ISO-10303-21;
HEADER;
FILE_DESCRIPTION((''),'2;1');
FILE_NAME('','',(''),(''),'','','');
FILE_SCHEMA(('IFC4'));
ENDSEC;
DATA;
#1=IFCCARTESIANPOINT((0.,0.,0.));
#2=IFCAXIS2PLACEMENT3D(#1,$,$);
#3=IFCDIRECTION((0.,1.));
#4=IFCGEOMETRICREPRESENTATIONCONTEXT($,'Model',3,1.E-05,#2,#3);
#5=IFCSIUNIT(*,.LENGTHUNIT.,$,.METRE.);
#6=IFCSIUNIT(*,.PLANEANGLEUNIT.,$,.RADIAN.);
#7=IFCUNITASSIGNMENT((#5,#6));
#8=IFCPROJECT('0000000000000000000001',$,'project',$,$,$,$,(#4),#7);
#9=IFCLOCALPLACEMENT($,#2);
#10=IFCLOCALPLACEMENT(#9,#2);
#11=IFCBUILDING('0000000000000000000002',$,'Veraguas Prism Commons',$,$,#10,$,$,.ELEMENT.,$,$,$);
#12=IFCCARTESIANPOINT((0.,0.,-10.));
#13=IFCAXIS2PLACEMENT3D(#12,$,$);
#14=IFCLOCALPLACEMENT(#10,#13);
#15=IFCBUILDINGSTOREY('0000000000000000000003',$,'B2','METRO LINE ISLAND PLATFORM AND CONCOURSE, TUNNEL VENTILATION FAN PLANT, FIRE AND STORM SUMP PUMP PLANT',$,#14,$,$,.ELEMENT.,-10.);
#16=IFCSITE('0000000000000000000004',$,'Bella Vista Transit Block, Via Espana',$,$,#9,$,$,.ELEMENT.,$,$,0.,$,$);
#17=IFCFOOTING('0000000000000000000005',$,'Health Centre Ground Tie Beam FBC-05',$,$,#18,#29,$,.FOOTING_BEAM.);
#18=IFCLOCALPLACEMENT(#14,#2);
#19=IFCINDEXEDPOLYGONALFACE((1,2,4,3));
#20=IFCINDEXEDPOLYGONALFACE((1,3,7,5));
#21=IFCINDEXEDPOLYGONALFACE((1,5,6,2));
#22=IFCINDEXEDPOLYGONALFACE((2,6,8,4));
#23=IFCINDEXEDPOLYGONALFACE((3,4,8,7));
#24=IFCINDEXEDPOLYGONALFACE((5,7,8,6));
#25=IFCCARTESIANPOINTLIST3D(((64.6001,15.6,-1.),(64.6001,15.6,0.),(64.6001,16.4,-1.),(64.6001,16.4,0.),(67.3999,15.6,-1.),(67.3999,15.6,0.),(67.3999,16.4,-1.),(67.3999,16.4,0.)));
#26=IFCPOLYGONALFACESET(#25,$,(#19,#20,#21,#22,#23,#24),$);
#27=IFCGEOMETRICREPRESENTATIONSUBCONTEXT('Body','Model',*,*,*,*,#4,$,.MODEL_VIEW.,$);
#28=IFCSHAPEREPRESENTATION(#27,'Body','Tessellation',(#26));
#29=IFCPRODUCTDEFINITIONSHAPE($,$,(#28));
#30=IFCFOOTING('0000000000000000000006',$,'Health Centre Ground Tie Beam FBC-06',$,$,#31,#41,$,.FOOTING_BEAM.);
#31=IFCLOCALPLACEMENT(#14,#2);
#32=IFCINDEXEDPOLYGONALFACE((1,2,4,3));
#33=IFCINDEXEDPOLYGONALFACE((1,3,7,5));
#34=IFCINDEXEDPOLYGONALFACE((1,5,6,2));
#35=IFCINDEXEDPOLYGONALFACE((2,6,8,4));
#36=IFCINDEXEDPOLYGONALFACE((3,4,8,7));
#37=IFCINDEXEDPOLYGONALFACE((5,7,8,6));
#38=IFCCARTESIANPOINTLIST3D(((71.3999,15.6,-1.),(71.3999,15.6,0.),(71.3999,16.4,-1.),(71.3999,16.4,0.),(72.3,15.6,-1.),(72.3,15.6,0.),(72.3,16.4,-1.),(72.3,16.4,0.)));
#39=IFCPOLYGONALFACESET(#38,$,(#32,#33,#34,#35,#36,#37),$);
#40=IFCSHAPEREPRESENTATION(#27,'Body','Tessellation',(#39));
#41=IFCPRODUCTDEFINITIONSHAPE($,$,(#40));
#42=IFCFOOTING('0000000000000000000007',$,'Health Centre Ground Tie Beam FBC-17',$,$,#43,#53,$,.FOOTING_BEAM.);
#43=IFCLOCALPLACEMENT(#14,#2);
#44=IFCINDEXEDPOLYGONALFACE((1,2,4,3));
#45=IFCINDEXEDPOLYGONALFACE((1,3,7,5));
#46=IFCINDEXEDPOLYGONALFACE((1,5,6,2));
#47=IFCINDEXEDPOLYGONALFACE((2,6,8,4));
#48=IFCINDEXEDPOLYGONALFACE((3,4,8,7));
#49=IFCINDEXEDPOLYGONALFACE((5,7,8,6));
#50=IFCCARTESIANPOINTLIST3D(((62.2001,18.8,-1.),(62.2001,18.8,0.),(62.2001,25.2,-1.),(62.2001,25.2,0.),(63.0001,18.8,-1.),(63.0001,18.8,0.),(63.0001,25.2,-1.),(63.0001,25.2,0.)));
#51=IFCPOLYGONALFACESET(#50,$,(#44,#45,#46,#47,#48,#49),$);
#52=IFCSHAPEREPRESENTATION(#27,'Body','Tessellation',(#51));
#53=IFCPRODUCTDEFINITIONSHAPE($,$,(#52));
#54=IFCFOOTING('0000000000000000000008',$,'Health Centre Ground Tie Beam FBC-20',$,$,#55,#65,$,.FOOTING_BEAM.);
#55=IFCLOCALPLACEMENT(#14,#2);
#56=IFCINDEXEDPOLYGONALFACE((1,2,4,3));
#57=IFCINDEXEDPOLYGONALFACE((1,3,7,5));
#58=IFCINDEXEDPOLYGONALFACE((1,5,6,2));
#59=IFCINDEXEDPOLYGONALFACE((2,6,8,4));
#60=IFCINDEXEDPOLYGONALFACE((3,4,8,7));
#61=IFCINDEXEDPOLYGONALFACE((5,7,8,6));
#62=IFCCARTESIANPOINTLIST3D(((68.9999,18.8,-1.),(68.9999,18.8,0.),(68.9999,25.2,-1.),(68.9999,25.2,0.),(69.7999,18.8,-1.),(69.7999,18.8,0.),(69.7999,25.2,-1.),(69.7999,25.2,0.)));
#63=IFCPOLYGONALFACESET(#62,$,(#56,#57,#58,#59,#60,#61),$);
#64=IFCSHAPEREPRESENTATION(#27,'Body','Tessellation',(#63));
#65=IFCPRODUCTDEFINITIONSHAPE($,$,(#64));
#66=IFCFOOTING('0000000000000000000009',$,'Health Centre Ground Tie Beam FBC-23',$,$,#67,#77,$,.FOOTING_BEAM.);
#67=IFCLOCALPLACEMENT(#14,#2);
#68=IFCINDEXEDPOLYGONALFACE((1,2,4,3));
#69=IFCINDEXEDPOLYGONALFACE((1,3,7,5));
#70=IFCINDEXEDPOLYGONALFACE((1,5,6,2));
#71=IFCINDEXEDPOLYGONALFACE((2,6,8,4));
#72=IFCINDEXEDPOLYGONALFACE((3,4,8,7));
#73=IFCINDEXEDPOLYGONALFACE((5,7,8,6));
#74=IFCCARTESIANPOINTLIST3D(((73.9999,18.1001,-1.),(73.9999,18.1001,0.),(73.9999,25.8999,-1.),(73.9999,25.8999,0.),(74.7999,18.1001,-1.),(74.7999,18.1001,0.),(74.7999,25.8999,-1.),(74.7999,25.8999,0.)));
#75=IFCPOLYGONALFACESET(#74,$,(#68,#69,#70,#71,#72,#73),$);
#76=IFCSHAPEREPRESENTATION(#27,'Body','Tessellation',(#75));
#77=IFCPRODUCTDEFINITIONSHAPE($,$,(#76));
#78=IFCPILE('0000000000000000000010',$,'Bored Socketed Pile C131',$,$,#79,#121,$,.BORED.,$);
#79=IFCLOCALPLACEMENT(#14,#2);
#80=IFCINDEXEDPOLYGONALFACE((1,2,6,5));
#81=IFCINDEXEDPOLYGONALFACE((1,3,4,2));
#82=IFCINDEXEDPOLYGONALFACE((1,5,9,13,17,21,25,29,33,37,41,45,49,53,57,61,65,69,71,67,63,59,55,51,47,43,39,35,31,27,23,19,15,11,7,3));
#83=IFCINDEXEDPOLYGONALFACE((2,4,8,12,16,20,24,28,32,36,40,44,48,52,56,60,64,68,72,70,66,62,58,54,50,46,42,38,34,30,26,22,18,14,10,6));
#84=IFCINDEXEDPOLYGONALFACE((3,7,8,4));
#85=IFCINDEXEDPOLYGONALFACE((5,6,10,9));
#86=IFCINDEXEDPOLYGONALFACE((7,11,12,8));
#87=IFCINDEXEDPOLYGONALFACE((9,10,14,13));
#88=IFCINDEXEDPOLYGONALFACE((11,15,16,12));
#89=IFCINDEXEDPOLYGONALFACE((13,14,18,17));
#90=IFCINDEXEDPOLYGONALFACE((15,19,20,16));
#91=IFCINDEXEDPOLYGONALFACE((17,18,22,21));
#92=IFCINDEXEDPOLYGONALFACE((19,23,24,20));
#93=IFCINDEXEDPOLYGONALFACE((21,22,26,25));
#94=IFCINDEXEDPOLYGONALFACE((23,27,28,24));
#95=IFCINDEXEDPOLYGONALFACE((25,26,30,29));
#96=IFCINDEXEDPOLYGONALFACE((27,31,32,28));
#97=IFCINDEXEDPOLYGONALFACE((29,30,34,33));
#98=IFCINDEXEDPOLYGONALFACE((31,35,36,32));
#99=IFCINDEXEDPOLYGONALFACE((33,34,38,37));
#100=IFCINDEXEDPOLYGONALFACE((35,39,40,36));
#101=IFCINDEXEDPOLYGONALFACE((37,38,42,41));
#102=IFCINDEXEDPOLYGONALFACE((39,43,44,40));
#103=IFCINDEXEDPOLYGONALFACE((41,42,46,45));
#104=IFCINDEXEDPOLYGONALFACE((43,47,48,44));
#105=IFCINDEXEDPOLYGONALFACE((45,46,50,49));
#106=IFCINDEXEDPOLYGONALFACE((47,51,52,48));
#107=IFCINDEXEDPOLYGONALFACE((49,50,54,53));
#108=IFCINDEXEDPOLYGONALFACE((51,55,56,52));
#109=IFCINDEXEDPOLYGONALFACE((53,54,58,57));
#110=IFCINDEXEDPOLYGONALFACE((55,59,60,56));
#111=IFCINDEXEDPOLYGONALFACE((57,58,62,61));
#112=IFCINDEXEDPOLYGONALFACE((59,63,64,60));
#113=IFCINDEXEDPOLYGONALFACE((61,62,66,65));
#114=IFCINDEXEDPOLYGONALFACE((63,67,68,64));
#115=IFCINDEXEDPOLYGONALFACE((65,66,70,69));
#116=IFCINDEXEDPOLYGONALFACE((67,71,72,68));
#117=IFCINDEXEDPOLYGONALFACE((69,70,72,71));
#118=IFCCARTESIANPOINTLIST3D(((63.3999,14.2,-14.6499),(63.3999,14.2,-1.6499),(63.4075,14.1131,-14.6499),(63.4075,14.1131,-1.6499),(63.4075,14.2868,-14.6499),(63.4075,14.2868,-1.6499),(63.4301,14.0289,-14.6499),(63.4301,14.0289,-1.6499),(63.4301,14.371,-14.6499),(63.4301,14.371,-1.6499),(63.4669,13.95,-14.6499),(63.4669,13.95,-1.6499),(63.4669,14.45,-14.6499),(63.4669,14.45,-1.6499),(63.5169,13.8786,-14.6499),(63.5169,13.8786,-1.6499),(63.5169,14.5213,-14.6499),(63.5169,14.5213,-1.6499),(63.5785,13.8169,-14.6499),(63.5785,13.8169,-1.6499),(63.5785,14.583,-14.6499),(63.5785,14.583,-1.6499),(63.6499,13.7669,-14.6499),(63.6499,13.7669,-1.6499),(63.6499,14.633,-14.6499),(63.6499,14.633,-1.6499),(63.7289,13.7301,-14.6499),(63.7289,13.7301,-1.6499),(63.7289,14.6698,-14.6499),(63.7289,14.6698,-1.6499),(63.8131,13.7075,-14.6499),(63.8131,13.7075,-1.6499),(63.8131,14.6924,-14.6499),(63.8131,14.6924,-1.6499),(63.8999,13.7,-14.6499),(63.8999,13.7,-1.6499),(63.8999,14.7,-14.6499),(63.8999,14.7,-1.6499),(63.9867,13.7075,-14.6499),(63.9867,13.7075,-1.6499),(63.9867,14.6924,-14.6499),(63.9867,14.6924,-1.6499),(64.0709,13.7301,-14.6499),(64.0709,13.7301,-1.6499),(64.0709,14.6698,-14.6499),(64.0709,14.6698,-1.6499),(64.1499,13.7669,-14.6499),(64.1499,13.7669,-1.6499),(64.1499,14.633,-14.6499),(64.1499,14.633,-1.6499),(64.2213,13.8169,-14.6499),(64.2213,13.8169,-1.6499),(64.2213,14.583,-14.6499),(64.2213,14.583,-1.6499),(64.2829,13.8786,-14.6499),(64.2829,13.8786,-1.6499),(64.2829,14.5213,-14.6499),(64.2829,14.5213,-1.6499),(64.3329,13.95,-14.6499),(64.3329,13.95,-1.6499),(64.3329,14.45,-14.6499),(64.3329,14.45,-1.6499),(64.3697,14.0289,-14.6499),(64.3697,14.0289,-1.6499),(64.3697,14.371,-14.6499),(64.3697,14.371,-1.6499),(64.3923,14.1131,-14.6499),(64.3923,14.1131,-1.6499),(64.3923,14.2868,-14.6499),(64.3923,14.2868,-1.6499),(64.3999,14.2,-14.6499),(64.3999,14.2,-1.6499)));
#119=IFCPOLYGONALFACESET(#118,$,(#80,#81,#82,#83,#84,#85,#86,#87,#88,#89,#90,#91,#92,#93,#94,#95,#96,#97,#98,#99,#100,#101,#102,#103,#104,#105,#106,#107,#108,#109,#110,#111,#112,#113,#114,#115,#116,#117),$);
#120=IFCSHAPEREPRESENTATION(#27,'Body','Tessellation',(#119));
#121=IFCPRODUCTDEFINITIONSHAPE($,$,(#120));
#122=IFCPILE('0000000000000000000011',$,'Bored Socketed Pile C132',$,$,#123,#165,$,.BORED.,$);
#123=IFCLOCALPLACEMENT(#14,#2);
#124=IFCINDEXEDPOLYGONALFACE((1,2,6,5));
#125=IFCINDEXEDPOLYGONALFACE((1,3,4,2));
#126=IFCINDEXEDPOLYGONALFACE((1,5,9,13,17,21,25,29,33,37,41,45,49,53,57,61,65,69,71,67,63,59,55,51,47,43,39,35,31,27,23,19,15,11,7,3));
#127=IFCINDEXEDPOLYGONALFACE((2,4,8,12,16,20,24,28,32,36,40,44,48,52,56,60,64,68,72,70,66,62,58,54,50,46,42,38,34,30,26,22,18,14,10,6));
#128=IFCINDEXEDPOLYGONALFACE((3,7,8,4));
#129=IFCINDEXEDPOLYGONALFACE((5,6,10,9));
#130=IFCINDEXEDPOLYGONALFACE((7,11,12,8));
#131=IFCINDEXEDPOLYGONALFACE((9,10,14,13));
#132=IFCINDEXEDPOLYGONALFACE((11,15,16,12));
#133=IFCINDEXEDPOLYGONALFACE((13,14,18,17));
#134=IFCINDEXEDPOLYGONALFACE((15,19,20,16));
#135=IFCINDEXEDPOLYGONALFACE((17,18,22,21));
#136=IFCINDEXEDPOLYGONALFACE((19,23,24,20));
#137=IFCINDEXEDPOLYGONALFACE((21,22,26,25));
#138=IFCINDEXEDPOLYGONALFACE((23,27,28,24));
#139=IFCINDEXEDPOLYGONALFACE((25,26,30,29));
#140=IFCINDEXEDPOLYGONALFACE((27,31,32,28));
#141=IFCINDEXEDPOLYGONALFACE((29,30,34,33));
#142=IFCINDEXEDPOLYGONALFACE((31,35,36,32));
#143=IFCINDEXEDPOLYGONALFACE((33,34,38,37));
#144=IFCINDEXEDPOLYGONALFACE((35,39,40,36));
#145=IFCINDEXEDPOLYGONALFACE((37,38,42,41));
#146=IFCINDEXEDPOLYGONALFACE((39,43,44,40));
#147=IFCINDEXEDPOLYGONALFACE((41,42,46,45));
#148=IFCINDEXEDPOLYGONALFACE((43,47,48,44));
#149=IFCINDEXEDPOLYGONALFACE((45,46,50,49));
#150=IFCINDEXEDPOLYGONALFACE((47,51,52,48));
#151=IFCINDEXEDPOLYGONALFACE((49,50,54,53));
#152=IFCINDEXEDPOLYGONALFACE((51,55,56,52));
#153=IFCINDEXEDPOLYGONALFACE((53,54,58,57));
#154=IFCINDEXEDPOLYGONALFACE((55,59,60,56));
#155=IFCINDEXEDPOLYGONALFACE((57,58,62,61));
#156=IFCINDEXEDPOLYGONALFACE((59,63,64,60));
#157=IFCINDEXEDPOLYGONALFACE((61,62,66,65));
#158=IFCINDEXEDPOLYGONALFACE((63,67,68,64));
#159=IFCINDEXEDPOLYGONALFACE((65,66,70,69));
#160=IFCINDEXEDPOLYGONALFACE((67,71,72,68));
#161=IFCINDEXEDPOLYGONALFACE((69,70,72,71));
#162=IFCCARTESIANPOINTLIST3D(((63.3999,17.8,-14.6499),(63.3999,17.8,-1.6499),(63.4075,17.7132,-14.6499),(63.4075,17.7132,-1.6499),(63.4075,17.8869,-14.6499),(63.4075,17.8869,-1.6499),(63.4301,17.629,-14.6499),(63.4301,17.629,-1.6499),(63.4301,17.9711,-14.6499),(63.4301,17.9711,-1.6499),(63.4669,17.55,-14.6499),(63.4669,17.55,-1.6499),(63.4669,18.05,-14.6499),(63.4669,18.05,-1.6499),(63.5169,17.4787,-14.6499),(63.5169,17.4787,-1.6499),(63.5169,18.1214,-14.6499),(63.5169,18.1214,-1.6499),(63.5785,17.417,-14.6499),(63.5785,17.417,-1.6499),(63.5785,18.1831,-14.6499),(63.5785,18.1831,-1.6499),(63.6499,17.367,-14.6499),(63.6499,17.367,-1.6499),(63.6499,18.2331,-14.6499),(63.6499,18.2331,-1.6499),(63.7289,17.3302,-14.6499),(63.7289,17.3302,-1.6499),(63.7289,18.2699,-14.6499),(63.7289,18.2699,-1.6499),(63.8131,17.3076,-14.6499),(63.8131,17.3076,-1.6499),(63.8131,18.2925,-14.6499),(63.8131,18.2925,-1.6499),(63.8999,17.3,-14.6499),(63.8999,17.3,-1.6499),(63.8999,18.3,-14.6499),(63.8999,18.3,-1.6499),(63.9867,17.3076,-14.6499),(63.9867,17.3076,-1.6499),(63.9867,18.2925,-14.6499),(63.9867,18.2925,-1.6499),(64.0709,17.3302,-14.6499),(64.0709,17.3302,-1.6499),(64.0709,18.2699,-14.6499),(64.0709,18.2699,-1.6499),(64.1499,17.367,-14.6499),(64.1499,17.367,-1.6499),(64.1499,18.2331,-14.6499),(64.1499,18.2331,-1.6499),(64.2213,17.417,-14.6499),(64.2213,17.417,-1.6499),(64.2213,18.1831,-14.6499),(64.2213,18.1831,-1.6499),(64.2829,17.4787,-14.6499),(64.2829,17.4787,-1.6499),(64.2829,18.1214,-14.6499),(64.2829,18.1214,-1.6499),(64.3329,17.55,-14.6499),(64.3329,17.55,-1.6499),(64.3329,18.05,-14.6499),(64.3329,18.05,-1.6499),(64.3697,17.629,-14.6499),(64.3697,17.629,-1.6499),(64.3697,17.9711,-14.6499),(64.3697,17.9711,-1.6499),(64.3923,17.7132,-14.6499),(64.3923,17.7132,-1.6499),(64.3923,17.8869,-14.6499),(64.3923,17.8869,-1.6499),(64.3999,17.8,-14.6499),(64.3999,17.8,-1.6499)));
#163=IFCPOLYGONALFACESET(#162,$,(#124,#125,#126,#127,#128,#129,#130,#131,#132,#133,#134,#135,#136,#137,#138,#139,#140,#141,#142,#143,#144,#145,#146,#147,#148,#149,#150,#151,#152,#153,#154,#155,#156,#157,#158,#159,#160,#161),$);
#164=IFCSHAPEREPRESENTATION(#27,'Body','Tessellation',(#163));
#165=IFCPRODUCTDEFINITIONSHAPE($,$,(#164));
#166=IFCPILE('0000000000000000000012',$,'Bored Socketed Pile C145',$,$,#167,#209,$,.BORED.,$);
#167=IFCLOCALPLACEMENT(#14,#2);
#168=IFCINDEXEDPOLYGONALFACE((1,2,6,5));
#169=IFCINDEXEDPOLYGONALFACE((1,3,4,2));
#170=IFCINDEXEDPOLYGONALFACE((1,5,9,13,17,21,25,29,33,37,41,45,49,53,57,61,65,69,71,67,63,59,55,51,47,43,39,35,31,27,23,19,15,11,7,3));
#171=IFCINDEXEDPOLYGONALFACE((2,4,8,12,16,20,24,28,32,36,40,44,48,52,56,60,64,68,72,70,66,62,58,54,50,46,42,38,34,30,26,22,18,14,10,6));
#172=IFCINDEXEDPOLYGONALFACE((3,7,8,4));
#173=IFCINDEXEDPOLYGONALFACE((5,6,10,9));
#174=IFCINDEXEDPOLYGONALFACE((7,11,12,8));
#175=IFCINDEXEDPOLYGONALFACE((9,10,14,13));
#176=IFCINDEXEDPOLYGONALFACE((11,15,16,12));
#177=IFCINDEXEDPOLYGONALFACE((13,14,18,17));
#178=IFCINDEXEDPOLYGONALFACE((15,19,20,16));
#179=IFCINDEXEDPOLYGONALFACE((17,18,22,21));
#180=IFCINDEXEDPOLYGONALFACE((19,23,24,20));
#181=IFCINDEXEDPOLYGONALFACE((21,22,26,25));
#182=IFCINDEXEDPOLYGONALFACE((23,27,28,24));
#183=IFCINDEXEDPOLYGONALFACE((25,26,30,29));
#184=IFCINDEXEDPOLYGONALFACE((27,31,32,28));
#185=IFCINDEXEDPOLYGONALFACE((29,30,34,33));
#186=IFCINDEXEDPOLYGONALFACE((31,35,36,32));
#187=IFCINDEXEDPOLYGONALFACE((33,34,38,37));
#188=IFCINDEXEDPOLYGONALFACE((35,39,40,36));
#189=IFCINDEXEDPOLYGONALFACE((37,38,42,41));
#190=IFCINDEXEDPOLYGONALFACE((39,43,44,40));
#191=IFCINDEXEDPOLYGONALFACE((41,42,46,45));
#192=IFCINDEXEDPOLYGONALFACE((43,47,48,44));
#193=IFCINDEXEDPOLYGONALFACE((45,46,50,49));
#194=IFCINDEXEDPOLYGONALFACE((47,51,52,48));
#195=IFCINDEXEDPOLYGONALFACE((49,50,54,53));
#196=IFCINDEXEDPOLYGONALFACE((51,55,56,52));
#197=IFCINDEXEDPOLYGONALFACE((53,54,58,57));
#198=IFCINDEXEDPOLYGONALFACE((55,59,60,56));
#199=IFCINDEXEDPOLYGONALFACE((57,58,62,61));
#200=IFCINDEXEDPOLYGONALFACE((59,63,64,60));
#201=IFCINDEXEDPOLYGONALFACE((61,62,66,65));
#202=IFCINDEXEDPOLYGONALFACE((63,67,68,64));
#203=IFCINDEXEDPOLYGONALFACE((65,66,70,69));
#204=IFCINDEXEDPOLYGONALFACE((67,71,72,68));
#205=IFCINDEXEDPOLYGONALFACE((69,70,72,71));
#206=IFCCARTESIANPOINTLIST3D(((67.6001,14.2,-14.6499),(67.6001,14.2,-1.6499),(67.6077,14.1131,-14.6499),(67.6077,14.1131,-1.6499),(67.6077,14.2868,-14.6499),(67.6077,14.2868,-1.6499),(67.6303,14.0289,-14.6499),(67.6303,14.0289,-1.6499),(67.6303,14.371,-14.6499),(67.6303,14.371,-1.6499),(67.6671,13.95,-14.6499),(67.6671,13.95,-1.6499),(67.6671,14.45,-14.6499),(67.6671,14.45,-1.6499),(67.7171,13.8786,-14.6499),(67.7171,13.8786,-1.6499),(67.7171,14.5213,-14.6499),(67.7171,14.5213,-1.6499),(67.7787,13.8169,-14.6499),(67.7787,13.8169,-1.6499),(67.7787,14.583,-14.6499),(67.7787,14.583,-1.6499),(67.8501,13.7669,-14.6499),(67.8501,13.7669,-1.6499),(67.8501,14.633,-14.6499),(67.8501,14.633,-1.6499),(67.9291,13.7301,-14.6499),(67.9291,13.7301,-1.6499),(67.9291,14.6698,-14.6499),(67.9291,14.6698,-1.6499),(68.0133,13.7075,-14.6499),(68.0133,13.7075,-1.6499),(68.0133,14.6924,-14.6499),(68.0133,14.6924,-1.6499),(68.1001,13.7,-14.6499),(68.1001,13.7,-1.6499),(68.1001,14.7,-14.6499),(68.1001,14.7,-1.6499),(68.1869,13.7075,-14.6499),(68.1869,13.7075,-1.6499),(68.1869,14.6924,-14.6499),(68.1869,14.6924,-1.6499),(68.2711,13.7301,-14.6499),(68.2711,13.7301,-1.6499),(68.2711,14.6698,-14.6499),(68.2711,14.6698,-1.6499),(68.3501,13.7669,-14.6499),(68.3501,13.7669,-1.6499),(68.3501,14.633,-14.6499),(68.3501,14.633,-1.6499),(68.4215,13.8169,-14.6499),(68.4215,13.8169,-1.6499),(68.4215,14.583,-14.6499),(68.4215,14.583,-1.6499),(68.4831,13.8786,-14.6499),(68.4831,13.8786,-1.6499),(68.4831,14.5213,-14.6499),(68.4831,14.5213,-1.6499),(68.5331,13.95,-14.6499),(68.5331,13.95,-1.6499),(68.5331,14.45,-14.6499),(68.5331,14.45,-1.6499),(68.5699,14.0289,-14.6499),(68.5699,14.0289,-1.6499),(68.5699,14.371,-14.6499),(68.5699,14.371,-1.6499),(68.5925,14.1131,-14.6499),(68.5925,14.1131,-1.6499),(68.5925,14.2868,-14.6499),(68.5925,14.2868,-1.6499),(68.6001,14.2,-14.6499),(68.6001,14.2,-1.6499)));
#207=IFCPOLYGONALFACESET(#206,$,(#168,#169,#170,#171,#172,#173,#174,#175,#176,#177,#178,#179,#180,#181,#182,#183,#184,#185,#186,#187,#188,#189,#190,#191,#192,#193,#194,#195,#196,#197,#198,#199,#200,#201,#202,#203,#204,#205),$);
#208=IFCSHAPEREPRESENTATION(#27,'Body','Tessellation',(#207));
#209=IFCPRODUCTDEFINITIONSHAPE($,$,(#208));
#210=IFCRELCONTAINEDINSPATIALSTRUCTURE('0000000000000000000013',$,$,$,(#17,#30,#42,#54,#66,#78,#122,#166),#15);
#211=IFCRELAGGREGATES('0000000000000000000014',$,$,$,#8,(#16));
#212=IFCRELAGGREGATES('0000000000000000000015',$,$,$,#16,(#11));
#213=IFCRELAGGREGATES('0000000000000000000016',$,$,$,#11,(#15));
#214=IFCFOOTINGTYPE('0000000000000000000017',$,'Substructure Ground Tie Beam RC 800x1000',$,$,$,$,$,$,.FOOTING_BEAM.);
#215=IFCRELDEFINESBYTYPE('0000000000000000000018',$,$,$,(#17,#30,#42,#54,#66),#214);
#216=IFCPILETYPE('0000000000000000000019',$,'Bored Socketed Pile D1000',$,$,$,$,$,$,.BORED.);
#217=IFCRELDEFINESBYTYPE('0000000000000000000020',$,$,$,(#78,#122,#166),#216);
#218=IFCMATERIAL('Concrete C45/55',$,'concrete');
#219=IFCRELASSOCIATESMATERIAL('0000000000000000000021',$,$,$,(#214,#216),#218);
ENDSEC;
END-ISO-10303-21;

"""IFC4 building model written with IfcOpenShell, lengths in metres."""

from ifc_helpers import new_model, si_unit, direction, frame, origin, origin_2d, place, context, subcontext, project, spatial, rectangle, circle, extrude, source, transform, mapped, material, material_profile, profile_set, type_object, element, save


model = new_model("IFC4")

# Units and contexts
model_context = context("Model", 3, precision=1e-05, world=origin(), true_north=direction((0.0, 1.0)))
body_context = subcontext(model_context, "Body", "Model", "MODEL_VIEW")
ifc_project = project(units=[si_unit("LENGTHUNIT", "METRE"), si_unit("PLANEANGLEUNIT", "RADIAN")], contexts=[model_context])

# Site, building, storey
site_placement = place(None, origin())
site = spatial("IfcSite", under=ifc_project, at=site_placement, Name="Bella Vista Transit Block, Via Espana", CompositionType="ELEMENT", RefElevation=0.0)
building_placement = place(site_placement, origin())
building = spatial("IfcBuilding", under=site, at=building_placement, Name="Veraguas Prism Commons", CompositionType="ELEMENT")
storey_placement = place(building_placement, frame((0.0, 0.0, -10.0)))
storey = spatial("IfcBuildingStorey", under=building, at=storey_placement, Name="B2", Description="METRO LINE ISLAND PLATFORM AND CONCOURSE, TUNNEL VENTILATION FAN PLANT, FIRE AND STORM SUMP PUMP PLANT", CompositionType="ELEMENT", Elevation=-10.0)

# Footings
ifc_material_1 = material(Name="Concrete C45/55", Category="concrete")
ifc_material_profile_1 = material_profile(ifc_material_1, rectangle(XDim=0.8, YDim=1.0, at=origin_2d()), Name="RC800X1000")
ifc_profile_set_1 = profile_set([ifc_material_profile_1], Name="Concrete C45/55")
footing_type_1 = type_object("IfcFootingType", Name="Substructure Ground Tie Beam RC 800x1000", PredefinedType="FOOTING_BEAM", material=ifc_profile_set_1)
footing_1_placement = place(storey_placement, frame((64.6001, 16.0, -0.5), z_axis=(1.0, 0.0, 0.0), x_axis=(0.0, 1.0, 0.0)))
element("IfcFooting", 1, at=footing_1_placement, inside=storey, type_object=footing_type_1, Name="Health Centre Ground Tie Beam FBC-05", PredefinedType="FOOTING_BEAM", context=body_context, shape_type="SweptSolid", body=[
    extrude(rectangle(XDim=0.8, YDim=1.0, at=origin_2d()), origin(), (0.0, 0.0, 1.0), 2.7998),
])
footing_2_placement = place(storey_placement, frame((71.3999, 16.0, -0.5), z_axis=(1.0, 0.0, 0.0), x_axis=(0.0, 1.0, 0.0)))
element("IfcFooting", 2, at=footing_2_placement, inside=storey, type_object=footing_type_1, Name="Health Centre Ground Tie Beam FBC-06", PredefinedType="FOOTING_BEAM", context=body_context, shape_type="SweptSolid", body=[
    extrude(rectangle(XDim=0.8, YDim=1.0, at=origin_2d()), origin(), (0.0, 0.0, 1.0), 0.9001),
])
for number, where, z_axis, x_axis, name in (
    (3, (62.6001, 18.8, -0.5), (0.0, 1.0, 0.0), (-1.0, 0.0, 0.0), "Health Centre Ground Tie Beam FBC-17"),
    (4, (69.3999, 18.8, -0.5), (0.0, 1.0, 0.0), (-1.0, 0.0, 0.0), "Health Centre Ground Tie Beam FBC-20"),
):
    element("IfcFooting", number, at=place(storey_placement, frame(where, z_axis=z_axis, x_axis=x_axis)), inside=storey, type_object=footing_type_1, Name=name, PredefinedType="FOOTING_BEAM", context=body_context, shape_type="SweptSolid", body=[
        extrude(rectangle(XDim=0.8, YDim=1.0, at=origin_2d()), origin(), (0.0, 0.0, 1.0), 6.3999),
    ])
footing_3_placement = place(storey_placement, frame((74.3999, 18.1001, -0.5), z_axis=(0.0, 1.0, 0.0), x_axis=(-1.0, 0.0, 0.0)))
element("IfcFooting", 5, at=footing_3_placement, inside=storey, type_object=footing_type_1, Name="Health Centre Ground Tie Beam FBC-23", PredefinedType="FOOTING_BEAM", context=body_context, shape_type="SweptSolid", body=[
    extrude(rectangle(XDim=0.8, YDim=1.0, at=origin_2d()), origin(), (0.0, 0.0, 1.0), 7.7998),
])

# Piles
ifc_material_profile_2 = material_profile(ifc_material_1, circle(Radius=0.5, at=origin_2d()), Name="PILE1000")
ifc_profile_set_2 = profile_set([ifc_material_profile_2], Name="Concrete C45/55")
pile_type = type_object("IfcPileType", Name="Bored Socketed Pile D1000", PredefinedType="BORED", material=ifc_profile_set_2)
shared_shape_1 = source(origin(), body_context, "Body", "SweptSolid", [
    extrude(circle(Radius=0.5, at=origin_2d()), origin(), (0.0, 0.0, 1.0), 13.0),
])
for number, where, z_axis, x_axis, name in (
    (6, (63.8999, 14.2, -1.6499), (0.0, 0.0, -1.0), (1.0, 0.0, 0.0), "Bored Socketed Pile C131"),
    (7, (63.8999, 17.8, -1.6499), (0.0, 0.0, -1.0), (1.0, 0.0, 0.0), "Bored Socketed Pile C132"),
    (8, (68.1001, 14.2, -1.6499), (0.0, 0.0, -1.0), (1.0, 0.0, 0.0), "Bored Socketed Pile C145"),
):
    element("IfcPile", number, at=place(storey_placement, frame(where, z_axis=z_axis, x_axis=x_axis)), inside=storey, type_object=pile_type, Name=name, PredefinedType="BORED", context=body_context, shape_type="MappedRepresentation", body=[
        mapped(shared_shape_1, transform((0.0, 0.0, 0.0), scale=1.0)),
    ])

save(model, "model.ifc")
